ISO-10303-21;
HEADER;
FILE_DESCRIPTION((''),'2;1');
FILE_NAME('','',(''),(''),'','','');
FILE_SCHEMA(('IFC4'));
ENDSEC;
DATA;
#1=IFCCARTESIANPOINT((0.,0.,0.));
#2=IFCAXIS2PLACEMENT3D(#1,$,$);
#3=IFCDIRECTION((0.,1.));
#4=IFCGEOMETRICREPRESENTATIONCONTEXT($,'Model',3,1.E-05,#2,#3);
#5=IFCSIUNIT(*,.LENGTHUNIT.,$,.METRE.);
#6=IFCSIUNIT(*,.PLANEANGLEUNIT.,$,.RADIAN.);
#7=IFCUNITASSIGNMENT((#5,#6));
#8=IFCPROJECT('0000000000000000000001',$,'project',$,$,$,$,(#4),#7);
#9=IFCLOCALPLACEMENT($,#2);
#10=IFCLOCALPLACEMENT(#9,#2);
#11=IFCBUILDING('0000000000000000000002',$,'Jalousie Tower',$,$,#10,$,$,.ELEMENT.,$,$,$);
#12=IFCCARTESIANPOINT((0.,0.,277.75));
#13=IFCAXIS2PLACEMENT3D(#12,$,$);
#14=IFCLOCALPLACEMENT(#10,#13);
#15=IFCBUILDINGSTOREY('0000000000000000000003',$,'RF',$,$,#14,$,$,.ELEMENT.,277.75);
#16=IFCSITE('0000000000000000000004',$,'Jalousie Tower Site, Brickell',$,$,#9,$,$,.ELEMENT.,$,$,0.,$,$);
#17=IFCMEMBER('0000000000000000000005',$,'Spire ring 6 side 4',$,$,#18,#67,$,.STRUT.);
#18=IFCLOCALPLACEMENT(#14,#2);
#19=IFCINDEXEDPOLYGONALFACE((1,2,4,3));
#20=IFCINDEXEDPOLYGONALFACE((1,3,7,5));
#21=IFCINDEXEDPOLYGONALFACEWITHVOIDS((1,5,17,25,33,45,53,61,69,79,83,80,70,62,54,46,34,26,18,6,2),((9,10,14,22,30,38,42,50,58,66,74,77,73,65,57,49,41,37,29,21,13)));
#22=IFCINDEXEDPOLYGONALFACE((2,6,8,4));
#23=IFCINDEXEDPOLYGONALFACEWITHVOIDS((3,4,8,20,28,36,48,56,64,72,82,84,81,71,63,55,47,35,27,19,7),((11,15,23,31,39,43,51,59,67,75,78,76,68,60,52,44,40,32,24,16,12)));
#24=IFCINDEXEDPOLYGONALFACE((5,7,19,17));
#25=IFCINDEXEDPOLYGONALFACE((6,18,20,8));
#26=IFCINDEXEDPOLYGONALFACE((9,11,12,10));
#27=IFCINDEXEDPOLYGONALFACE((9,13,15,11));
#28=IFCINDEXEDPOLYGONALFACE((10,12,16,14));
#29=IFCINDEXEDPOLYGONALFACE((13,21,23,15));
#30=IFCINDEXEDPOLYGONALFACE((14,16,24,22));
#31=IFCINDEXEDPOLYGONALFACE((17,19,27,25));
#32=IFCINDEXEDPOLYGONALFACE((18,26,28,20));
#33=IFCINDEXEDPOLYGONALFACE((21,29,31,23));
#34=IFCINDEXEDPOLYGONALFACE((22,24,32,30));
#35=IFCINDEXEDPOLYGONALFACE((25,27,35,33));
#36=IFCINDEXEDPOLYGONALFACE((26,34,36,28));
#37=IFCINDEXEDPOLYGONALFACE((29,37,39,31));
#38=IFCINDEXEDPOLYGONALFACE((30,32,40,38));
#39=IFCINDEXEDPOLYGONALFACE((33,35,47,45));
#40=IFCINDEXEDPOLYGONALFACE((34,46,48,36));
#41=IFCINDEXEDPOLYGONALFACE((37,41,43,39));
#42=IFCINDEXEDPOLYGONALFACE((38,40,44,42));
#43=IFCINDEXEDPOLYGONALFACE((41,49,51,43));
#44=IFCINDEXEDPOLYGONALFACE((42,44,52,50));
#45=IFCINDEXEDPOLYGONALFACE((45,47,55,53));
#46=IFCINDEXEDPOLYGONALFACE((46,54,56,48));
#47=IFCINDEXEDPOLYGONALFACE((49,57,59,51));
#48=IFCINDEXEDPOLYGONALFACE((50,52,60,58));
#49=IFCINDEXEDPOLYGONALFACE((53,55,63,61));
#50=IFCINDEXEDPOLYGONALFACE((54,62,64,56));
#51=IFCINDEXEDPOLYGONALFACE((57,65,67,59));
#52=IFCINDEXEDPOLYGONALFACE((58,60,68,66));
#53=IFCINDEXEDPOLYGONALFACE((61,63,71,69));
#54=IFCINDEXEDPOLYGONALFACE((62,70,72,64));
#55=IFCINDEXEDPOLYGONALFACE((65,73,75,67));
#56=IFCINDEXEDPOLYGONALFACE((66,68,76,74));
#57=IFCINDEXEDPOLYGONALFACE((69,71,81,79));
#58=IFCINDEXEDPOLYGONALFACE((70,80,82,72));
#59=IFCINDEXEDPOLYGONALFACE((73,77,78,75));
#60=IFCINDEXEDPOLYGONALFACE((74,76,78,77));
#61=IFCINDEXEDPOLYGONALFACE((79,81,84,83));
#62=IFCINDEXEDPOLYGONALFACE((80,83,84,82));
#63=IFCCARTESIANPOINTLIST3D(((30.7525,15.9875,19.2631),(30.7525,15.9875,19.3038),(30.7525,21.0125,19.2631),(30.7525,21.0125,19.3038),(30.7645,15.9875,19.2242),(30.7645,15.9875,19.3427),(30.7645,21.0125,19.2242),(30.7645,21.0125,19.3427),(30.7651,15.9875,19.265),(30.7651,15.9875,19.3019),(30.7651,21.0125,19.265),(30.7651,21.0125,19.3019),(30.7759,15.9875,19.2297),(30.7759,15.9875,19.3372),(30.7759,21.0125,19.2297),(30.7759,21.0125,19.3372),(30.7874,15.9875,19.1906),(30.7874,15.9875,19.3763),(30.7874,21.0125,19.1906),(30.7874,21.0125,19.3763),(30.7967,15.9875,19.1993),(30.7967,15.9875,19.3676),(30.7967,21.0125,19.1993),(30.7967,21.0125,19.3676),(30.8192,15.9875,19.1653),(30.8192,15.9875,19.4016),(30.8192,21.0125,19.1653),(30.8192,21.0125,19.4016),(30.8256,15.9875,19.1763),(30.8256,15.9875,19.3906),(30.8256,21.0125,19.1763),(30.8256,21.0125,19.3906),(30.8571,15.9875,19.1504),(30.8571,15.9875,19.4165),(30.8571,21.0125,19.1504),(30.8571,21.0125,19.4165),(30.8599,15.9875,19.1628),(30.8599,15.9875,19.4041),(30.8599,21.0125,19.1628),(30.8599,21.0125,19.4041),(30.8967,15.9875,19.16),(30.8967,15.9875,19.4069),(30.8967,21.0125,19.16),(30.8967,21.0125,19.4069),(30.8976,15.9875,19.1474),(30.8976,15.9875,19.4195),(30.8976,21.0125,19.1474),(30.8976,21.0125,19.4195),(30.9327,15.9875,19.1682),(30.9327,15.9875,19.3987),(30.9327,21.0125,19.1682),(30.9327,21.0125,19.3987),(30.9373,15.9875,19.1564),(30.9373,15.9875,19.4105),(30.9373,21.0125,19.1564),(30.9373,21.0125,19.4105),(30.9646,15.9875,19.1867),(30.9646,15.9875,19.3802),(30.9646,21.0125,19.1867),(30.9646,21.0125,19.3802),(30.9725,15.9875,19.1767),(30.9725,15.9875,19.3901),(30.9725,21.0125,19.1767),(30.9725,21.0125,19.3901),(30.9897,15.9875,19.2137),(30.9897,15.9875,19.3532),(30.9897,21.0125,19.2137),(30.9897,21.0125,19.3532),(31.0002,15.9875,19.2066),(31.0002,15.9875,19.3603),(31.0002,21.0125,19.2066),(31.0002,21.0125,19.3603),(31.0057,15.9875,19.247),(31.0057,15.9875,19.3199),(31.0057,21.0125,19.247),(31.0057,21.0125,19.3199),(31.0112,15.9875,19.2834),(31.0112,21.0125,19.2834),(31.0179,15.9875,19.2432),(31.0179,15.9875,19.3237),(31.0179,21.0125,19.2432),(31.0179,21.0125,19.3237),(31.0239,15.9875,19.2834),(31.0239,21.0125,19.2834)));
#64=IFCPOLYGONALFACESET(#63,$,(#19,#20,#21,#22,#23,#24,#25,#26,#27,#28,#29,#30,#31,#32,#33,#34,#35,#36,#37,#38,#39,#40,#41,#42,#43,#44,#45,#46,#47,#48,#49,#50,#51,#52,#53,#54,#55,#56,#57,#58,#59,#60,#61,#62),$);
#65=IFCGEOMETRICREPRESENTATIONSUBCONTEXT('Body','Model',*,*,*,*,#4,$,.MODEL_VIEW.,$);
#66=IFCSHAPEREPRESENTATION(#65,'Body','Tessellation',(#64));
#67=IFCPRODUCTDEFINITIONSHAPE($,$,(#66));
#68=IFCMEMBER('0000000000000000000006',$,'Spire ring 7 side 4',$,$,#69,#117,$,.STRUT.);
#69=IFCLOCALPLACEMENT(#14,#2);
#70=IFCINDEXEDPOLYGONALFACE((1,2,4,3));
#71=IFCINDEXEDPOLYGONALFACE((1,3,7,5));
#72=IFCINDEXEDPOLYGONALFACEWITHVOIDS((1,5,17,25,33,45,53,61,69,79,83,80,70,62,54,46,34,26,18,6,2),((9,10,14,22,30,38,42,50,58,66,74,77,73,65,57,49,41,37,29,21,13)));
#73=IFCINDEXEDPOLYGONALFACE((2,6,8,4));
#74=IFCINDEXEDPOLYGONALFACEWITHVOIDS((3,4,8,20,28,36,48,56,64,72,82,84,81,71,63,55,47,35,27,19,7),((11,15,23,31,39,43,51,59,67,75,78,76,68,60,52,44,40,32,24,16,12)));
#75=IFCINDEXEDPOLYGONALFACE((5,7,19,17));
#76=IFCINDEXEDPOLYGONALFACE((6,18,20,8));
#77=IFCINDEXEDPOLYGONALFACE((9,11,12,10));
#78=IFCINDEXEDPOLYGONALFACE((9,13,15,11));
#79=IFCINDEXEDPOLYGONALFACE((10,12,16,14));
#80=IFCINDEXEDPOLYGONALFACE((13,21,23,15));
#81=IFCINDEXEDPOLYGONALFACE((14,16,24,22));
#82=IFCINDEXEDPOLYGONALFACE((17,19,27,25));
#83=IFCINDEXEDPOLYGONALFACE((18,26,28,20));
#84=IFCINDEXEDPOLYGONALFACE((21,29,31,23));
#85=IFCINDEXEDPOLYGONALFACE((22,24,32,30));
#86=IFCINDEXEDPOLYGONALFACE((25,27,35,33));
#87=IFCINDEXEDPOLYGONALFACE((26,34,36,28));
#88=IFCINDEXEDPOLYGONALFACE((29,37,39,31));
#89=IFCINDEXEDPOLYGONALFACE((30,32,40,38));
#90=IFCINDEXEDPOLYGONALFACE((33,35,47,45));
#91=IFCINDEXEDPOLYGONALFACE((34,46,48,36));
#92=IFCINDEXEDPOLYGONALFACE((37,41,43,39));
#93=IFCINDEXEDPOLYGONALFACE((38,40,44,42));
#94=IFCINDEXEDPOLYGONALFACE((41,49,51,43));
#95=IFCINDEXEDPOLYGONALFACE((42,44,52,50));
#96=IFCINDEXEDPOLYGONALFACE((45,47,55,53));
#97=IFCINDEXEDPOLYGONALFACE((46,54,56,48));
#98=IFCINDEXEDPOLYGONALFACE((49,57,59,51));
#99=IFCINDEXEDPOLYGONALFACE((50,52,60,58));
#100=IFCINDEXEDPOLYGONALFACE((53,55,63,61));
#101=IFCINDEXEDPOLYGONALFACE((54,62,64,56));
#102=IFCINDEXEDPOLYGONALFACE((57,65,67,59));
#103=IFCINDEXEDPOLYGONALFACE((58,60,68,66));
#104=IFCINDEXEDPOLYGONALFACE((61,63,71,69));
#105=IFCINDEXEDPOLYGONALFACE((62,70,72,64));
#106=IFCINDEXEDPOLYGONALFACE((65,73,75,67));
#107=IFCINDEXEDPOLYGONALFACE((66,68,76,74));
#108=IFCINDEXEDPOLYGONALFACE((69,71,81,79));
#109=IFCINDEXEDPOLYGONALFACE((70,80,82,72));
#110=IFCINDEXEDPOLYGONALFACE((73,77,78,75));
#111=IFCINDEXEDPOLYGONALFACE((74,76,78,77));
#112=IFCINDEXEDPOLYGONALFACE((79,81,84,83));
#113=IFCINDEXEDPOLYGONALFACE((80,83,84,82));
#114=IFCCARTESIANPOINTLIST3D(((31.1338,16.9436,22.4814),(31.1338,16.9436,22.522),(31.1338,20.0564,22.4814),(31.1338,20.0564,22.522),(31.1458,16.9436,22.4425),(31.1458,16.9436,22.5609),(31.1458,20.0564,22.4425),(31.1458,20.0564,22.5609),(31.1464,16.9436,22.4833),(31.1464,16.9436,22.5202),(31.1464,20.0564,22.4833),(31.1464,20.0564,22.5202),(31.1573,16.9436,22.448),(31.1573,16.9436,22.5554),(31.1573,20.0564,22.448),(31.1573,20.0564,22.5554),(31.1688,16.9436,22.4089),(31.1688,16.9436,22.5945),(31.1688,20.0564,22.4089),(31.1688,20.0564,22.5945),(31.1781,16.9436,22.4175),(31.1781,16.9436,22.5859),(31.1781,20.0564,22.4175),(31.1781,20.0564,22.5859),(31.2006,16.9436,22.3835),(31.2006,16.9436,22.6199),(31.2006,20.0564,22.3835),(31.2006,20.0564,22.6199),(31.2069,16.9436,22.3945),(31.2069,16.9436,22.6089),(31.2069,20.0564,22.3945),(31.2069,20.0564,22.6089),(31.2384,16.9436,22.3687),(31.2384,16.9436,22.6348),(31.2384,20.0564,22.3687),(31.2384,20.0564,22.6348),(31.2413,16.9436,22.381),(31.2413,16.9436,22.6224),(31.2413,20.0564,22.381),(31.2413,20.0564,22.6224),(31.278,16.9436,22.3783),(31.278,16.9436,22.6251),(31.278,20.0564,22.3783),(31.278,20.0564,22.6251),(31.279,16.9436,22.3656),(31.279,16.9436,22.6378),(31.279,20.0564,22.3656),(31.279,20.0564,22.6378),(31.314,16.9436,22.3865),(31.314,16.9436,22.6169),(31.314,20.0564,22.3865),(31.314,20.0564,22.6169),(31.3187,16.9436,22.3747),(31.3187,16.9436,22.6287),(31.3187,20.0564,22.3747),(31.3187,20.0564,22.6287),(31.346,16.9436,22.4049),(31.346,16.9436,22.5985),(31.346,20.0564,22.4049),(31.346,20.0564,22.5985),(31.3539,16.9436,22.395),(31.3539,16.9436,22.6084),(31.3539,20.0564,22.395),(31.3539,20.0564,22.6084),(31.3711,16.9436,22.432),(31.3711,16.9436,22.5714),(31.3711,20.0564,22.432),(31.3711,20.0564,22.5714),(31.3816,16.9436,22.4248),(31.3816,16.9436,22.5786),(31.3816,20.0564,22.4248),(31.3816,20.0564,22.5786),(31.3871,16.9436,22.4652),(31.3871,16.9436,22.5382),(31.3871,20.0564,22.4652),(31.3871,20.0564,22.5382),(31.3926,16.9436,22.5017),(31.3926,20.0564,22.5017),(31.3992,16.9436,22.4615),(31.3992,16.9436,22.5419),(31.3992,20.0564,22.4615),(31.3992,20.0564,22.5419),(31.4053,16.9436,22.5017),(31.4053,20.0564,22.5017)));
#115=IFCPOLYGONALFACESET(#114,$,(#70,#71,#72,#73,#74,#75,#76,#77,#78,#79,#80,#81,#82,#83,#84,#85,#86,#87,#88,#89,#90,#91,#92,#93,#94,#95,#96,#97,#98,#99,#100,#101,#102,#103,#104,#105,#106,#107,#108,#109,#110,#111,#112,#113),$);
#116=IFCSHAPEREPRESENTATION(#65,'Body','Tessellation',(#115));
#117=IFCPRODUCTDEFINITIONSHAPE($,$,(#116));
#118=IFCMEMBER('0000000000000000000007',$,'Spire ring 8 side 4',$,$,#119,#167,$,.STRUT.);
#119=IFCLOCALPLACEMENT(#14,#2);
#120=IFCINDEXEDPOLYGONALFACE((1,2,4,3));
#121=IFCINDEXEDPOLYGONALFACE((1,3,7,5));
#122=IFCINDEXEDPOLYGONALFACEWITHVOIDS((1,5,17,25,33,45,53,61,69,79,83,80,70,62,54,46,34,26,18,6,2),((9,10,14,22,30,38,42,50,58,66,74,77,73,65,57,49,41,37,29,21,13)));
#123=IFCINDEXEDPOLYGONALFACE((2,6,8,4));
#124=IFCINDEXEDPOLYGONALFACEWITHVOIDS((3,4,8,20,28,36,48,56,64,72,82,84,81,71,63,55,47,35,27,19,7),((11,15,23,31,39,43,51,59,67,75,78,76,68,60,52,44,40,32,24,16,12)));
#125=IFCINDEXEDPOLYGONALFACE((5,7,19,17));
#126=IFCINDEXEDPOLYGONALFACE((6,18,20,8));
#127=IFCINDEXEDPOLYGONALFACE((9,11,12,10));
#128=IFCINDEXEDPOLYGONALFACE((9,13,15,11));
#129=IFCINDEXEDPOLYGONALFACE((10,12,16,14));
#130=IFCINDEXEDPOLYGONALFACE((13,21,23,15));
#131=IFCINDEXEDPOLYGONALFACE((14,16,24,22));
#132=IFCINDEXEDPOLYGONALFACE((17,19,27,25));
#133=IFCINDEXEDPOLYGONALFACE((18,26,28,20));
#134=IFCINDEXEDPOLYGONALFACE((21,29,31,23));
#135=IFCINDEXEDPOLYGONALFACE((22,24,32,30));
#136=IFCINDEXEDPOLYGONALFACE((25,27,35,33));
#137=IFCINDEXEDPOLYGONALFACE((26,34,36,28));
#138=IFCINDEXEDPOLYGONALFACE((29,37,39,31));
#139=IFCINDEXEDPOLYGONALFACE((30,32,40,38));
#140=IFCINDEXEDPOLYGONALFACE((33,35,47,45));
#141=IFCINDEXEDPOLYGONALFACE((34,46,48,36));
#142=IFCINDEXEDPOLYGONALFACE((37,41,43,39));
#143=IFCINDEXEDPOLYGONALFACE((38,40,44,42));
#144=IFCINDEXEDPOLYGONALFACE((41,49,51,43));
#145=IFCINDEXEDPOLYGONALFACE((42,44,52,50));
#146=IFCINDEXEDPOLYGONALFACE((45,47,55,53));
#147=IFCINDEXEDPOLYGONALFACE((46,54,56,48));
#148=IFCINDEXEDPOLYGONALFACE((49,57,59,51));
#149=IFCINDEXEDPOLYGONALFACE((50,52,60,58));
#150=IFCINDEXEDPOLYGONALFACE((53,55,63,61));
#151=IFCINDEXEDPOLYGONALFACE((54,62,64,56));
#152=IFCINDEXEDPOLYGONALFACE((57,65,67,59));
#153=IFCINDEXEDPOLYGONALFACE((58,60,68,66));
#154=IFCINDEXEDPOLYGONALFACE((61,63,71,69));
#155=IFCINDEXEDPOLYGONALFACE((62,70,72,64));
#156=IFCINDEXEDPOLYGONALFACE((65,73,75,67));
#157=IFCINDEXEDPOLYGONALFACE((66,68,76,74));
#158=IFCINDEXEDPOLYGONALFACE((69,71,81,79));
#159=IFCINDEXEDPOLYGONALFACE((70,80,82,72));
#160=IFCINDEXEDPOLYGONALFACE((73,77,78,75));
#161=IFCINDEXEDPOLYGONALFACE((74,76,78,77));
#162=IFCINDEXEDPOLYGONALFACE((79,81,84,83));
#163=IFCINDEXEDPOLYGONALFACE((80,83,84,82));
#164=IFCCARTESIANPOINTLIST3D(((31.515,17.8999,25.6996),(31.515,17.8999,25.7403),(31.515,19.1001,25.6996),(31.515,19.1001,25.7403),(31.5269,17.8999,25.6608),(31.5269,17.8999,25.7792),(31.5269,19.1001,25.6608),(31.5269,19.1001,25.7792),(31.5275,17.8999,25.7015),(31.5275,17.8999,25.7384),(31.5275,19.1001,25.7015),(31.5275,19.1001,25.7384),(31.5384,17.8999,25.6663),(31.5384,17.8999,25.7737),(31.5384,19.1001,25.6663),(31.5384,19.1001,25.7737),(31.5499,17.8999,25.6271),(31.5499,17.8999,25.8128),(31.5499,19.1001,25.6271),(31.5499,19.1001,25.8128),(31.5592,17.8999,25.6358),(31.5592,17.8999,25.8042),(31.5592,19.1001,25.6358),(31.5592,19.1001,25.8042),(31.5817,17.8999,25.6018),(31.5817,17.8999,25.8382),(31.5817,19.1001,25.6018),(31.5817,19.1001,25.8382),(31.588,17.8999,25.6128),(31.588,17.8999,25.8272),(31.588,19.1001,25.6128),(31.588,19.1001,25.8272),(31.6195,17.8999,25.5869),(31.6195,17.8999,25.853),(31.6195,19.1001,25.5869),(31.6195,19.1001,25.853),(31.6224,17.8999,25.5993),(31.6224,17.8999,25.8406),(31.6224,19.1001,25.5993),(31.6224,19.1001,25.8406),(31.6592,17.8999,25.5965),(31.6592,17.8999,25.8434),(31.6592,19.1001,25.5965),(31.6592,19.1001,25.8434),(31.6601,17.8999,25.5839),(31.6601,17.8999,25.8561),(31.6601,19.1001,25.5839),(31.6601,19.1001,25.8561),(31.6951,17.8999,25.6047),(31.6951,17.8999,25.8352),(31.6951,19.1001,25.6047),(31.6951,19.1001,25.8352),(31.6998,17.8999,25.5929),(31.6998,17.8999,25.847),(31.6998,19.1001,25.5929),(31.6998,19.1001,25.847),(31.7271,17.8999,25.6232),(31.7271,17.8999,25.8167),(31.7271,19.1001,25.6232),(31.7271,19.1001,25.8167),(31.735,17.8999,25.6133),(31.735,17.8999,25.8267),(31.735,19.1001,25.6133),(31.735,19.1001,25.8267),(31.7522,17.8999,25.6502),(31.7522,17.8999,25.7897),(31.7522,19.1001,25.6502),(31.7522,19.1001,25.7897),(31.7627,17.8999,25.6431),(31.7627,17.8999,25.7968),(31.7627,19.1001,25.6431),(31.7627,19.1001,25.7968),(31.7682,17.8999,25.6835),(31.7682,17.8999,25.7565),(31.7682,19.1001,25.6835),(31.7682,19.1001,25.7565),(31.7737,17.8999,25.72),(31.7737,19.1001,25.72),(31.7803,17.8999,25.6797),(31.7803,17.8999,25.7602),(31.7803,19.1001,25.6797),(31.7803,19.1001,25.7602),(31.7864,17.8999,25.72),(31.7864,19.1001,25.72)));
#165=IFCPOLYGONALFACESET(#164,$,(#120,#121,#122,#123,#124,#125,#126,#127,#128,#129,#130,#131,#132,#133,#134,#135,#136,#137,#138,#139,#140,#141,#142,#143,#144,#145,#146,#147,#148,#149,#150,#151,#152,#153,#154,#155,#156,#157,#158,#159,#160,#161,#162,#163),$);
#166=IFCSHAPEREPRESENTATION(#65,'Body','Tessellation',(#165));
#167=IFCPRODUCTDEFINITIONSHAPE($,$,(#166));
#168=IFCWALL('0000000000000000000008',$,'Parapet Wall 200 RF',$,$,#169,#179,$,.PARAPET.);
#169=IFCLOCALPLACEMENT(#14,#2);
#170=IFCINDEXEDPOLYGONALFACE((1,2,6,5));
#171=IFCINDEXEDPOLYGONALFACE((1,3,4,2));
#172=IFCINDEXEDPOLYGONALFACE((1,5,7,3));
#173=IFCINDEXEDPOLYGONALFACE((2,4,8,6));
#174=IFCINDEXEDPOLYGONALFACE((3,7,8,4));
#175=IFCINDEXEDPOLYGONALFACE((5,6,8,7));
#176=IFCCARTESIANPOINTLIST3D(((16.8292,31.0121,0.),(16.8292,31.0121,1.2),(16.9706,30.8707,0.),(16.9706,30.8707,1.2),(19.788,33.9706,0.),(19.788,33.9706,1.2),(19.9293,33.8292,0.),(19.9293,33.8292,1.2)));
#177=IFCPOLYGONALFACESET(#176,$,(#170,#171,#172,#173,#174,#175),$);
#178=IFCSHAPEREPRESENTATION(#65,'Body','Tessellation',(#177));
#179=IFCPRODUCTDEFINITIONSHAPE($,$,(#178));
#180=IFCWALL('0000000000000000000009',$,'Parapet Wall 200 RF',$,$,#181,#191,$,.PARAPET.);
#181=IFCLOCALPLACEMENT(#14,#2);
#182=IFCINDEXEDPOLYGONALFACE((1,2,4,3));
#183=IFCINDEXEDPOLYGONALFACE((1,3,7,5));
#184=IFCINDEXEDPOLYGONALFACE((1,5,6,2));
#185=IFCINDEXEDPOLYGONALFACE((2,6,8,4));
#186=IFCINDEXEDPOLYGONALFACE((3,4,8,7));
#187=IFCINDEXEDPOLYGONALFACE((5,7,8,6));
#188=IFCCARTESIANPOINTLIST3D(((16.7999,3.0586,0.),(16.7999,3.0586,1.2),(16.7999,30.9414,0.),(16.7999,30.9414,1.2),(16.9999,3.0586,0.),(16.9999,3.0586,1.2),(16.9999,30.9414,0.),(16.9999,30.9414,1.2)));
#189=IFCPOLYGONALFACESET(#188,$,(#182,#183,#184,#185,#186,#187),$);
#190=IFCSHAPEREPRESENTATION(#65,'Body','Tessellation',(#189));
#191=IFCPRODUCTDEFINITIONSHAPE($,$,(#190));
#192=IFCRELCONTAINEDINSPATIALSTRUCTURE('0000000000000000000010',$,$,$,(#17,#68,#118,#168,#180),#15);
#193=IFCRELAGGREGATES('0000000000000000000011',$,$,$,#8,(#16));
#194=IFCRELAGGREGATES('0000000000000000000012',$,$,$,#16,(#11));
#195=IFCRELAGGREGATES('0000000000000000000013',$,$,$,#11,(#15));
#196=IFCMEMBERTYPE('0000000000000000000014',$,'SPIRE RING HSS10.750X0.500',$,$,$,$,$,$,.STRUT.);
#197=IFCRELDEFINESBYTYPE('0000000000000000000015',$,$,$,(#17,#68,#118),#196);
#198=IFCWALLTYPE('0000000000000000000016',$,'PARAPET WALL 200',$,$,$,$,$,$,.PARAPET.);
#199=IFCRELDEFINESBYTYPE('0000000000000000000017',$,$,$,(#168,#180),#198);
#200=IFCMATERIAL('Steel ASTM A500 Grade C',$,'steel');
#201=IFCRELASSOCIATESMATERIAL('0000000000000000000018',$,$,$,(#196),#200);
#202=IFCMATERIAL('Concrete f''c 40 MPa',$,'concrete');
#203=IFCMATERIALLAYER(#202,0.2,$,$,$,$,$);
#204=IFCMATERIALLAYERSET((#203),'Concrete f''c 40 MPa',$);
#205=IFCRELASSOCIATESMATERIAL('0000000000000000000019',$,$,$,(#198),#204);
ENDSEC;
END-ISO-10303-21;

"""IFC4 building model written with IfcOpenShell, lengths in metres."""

from ifc_helpers import new_model, si_unit, direction, frame, frame_2d, origin, origin_2d, place, context, subcontext, project, spatial, rectangle, hollow_circle, extrude, material, layer, layer_set, material_profile, profile_set, type_object, element, save


model = new_model("IFC4")

# Units and contexts
model_context = context("Model", 3, precision=1e-05, world=origin(), true_north=direction((0.0, 1.0)))
body_context = subcontext(model_context, "Body", "Model", "MODEL_VIEW")
ifc_project = project(units=[si_unit("LENGTHUNIT", "METRE"), si_unit("PLANEANGLEUNIT", "RADIAN")], contexts=[model_context])

# Site, building, storey
site_placement = place(None, origin())
site = spatial("IfcSite", under=ifc_project, at=site_placement, Name="Jalousie Tower Site, Brickell", CompositionType="ELEMENT", RefElevation=0.0)
building_placement = place(site_placement, origin())
building = spatial("IfcBuilding", under=site, at=building_placement, Name="Jalousie Tower", CompositionType="ELEMENT")
storey_placement = place(building_placement, frame((0.0, 0.0, 277.75)))
storey = spatial("IfcBuildingStorey", under=building, at=storey_placement, Name="RF", CompositionType="ELEMENT", Elevation=277.75)

# Members
ifc_material_1 = material(Name="Steel ASTM A500 Grade C", Category="steel")
ifc_material_profile_1 = material_profile(ifc_material_1, hollow_circle(Radius=0.1365, WallThickness=0.0127, at=origin_2d()), Name="HSS10.750X0.500")
ifc_profile_set_1 = profile_set([ifc_material_profile_1], Name="Steel ASTM A500 Grade C")
member_type_1 = type_object("IfcMemberType", Name="SPIRE RING HSS10.750X0.500", PredefinedType="STRUT", material=ifc_profile_set_1)
member_1_placement = place(storey_placement, frame((30.8875, 21.0125, 19.2834), z_axis=(0.0, -1.0, 0.0), x_axis=(1.0, 0.0, 0.0)))
element("IfcMember", 1, at=member_1_placement, inside=storey, type_object=member_type_1, Name="Spire ring 6 side 4", PredefinedType="STRUT", context=body_context, shape_type="SweptSolid", body=[
    extrude(hollow_circle(Radius=0.1365, WallThickness=0.0127, at=origin_2d()), origin(), (0.0, 0.0, 1.0), 5.0249),
])
member_2_placement = place(storey_placement, frame((31.2688, 20.0564, 22.5017), z_axis=(0.0, -1.0, 0.0), x_axis=(1.0, 0.0, 0.0)))
element("IfcMember", 2, at=member_2_placement, inside=storey, type_object=member_type_1, Name="Spire ring 7 side 4", PredefinedType="STRUT", context=body_context, shape_type="SweptSolid", body=[
    extrude(hollow_circle(Radius=0.1365, WallThickness=0.0127, at=origin_2d()), origin(), (0.0, 0.0, 1.0), 3.1128),
])
member_3_placement = place(storey_placement, frame((31.6499, 19.1001, 25.72), z_axis=(0.0, -1.0, 0.0), x_axis=(1.0, 0.0, 0.0)))
element("IfcMember", 3, at=member_3_placement, inside=storey, type_object=member_type_1, Name="Spire ring 8 side 4", PredefinedType="STRUT", context=body_context, shape_type="SweptSolid", body=[
    extrude(hollow_circle(Radius=0.1365, WallThickness=0.0127, at=origin_2d()), origin(), (0.0, 0.0, 1.0), 1.2002),
])

# Walls
ifc_material_2 = material(Name="Concrete f'c 40 MPa", Category="concrete")
ifc_layer = layer(ifc_material_2, 0.2)
ifc_layer_set = layer_set([ifc_layer], Name="Concrete f'c 40 MPa")
wall_type_1 = type_object("IfcWallType", Name="PARAPET WALL 200", PredefinedType="PARAPET", material=ifc_layer_set)
wall_1_placement = place(storey_placement, frame((19.8586, 33.8999, 0.0), z_axis=(0.0, 0.0, 1.0), x_axis=(-0.707136, -0.707078, 0.0)))
element("IfcWall", 4, at=wall_1_placement, inside=storey, type_object=wall_type_1, Name="Parapet Wall 200 RF", PredefinedType="PARAPET", context=body_context, shape_type="SweptSolid", body=[
    extrude(rectangle(XDim=4.1841, YDim=0.2, at=frame_2d((2.092, 0.0))), origin(), (0.0, 0.0, 1.0), 1.2),
])
wall_2_placement = place(storey_placement, frame((16.8999, 30.9414, 0.0), z_axis=(0.0, 0.0, 1.0), x_axis=(0.0, -1.0, 0.0)))
element("IfcWall", 5, at=wall_2_placement, inside=storey, type_object=wall_type_1, Name="Parapet Wall 200 RF", PredefinedType="PARAPET", context=body_context, shape_type="SweptSolid", body=[
    extrude(rectangle(XDim=27.8828, YDim=0.2, at=frame_2d((13.9414, 0.0))), origin(), (0.0, 0.0, 1.0), 1.2),
])

save(model, "model.ifc")
